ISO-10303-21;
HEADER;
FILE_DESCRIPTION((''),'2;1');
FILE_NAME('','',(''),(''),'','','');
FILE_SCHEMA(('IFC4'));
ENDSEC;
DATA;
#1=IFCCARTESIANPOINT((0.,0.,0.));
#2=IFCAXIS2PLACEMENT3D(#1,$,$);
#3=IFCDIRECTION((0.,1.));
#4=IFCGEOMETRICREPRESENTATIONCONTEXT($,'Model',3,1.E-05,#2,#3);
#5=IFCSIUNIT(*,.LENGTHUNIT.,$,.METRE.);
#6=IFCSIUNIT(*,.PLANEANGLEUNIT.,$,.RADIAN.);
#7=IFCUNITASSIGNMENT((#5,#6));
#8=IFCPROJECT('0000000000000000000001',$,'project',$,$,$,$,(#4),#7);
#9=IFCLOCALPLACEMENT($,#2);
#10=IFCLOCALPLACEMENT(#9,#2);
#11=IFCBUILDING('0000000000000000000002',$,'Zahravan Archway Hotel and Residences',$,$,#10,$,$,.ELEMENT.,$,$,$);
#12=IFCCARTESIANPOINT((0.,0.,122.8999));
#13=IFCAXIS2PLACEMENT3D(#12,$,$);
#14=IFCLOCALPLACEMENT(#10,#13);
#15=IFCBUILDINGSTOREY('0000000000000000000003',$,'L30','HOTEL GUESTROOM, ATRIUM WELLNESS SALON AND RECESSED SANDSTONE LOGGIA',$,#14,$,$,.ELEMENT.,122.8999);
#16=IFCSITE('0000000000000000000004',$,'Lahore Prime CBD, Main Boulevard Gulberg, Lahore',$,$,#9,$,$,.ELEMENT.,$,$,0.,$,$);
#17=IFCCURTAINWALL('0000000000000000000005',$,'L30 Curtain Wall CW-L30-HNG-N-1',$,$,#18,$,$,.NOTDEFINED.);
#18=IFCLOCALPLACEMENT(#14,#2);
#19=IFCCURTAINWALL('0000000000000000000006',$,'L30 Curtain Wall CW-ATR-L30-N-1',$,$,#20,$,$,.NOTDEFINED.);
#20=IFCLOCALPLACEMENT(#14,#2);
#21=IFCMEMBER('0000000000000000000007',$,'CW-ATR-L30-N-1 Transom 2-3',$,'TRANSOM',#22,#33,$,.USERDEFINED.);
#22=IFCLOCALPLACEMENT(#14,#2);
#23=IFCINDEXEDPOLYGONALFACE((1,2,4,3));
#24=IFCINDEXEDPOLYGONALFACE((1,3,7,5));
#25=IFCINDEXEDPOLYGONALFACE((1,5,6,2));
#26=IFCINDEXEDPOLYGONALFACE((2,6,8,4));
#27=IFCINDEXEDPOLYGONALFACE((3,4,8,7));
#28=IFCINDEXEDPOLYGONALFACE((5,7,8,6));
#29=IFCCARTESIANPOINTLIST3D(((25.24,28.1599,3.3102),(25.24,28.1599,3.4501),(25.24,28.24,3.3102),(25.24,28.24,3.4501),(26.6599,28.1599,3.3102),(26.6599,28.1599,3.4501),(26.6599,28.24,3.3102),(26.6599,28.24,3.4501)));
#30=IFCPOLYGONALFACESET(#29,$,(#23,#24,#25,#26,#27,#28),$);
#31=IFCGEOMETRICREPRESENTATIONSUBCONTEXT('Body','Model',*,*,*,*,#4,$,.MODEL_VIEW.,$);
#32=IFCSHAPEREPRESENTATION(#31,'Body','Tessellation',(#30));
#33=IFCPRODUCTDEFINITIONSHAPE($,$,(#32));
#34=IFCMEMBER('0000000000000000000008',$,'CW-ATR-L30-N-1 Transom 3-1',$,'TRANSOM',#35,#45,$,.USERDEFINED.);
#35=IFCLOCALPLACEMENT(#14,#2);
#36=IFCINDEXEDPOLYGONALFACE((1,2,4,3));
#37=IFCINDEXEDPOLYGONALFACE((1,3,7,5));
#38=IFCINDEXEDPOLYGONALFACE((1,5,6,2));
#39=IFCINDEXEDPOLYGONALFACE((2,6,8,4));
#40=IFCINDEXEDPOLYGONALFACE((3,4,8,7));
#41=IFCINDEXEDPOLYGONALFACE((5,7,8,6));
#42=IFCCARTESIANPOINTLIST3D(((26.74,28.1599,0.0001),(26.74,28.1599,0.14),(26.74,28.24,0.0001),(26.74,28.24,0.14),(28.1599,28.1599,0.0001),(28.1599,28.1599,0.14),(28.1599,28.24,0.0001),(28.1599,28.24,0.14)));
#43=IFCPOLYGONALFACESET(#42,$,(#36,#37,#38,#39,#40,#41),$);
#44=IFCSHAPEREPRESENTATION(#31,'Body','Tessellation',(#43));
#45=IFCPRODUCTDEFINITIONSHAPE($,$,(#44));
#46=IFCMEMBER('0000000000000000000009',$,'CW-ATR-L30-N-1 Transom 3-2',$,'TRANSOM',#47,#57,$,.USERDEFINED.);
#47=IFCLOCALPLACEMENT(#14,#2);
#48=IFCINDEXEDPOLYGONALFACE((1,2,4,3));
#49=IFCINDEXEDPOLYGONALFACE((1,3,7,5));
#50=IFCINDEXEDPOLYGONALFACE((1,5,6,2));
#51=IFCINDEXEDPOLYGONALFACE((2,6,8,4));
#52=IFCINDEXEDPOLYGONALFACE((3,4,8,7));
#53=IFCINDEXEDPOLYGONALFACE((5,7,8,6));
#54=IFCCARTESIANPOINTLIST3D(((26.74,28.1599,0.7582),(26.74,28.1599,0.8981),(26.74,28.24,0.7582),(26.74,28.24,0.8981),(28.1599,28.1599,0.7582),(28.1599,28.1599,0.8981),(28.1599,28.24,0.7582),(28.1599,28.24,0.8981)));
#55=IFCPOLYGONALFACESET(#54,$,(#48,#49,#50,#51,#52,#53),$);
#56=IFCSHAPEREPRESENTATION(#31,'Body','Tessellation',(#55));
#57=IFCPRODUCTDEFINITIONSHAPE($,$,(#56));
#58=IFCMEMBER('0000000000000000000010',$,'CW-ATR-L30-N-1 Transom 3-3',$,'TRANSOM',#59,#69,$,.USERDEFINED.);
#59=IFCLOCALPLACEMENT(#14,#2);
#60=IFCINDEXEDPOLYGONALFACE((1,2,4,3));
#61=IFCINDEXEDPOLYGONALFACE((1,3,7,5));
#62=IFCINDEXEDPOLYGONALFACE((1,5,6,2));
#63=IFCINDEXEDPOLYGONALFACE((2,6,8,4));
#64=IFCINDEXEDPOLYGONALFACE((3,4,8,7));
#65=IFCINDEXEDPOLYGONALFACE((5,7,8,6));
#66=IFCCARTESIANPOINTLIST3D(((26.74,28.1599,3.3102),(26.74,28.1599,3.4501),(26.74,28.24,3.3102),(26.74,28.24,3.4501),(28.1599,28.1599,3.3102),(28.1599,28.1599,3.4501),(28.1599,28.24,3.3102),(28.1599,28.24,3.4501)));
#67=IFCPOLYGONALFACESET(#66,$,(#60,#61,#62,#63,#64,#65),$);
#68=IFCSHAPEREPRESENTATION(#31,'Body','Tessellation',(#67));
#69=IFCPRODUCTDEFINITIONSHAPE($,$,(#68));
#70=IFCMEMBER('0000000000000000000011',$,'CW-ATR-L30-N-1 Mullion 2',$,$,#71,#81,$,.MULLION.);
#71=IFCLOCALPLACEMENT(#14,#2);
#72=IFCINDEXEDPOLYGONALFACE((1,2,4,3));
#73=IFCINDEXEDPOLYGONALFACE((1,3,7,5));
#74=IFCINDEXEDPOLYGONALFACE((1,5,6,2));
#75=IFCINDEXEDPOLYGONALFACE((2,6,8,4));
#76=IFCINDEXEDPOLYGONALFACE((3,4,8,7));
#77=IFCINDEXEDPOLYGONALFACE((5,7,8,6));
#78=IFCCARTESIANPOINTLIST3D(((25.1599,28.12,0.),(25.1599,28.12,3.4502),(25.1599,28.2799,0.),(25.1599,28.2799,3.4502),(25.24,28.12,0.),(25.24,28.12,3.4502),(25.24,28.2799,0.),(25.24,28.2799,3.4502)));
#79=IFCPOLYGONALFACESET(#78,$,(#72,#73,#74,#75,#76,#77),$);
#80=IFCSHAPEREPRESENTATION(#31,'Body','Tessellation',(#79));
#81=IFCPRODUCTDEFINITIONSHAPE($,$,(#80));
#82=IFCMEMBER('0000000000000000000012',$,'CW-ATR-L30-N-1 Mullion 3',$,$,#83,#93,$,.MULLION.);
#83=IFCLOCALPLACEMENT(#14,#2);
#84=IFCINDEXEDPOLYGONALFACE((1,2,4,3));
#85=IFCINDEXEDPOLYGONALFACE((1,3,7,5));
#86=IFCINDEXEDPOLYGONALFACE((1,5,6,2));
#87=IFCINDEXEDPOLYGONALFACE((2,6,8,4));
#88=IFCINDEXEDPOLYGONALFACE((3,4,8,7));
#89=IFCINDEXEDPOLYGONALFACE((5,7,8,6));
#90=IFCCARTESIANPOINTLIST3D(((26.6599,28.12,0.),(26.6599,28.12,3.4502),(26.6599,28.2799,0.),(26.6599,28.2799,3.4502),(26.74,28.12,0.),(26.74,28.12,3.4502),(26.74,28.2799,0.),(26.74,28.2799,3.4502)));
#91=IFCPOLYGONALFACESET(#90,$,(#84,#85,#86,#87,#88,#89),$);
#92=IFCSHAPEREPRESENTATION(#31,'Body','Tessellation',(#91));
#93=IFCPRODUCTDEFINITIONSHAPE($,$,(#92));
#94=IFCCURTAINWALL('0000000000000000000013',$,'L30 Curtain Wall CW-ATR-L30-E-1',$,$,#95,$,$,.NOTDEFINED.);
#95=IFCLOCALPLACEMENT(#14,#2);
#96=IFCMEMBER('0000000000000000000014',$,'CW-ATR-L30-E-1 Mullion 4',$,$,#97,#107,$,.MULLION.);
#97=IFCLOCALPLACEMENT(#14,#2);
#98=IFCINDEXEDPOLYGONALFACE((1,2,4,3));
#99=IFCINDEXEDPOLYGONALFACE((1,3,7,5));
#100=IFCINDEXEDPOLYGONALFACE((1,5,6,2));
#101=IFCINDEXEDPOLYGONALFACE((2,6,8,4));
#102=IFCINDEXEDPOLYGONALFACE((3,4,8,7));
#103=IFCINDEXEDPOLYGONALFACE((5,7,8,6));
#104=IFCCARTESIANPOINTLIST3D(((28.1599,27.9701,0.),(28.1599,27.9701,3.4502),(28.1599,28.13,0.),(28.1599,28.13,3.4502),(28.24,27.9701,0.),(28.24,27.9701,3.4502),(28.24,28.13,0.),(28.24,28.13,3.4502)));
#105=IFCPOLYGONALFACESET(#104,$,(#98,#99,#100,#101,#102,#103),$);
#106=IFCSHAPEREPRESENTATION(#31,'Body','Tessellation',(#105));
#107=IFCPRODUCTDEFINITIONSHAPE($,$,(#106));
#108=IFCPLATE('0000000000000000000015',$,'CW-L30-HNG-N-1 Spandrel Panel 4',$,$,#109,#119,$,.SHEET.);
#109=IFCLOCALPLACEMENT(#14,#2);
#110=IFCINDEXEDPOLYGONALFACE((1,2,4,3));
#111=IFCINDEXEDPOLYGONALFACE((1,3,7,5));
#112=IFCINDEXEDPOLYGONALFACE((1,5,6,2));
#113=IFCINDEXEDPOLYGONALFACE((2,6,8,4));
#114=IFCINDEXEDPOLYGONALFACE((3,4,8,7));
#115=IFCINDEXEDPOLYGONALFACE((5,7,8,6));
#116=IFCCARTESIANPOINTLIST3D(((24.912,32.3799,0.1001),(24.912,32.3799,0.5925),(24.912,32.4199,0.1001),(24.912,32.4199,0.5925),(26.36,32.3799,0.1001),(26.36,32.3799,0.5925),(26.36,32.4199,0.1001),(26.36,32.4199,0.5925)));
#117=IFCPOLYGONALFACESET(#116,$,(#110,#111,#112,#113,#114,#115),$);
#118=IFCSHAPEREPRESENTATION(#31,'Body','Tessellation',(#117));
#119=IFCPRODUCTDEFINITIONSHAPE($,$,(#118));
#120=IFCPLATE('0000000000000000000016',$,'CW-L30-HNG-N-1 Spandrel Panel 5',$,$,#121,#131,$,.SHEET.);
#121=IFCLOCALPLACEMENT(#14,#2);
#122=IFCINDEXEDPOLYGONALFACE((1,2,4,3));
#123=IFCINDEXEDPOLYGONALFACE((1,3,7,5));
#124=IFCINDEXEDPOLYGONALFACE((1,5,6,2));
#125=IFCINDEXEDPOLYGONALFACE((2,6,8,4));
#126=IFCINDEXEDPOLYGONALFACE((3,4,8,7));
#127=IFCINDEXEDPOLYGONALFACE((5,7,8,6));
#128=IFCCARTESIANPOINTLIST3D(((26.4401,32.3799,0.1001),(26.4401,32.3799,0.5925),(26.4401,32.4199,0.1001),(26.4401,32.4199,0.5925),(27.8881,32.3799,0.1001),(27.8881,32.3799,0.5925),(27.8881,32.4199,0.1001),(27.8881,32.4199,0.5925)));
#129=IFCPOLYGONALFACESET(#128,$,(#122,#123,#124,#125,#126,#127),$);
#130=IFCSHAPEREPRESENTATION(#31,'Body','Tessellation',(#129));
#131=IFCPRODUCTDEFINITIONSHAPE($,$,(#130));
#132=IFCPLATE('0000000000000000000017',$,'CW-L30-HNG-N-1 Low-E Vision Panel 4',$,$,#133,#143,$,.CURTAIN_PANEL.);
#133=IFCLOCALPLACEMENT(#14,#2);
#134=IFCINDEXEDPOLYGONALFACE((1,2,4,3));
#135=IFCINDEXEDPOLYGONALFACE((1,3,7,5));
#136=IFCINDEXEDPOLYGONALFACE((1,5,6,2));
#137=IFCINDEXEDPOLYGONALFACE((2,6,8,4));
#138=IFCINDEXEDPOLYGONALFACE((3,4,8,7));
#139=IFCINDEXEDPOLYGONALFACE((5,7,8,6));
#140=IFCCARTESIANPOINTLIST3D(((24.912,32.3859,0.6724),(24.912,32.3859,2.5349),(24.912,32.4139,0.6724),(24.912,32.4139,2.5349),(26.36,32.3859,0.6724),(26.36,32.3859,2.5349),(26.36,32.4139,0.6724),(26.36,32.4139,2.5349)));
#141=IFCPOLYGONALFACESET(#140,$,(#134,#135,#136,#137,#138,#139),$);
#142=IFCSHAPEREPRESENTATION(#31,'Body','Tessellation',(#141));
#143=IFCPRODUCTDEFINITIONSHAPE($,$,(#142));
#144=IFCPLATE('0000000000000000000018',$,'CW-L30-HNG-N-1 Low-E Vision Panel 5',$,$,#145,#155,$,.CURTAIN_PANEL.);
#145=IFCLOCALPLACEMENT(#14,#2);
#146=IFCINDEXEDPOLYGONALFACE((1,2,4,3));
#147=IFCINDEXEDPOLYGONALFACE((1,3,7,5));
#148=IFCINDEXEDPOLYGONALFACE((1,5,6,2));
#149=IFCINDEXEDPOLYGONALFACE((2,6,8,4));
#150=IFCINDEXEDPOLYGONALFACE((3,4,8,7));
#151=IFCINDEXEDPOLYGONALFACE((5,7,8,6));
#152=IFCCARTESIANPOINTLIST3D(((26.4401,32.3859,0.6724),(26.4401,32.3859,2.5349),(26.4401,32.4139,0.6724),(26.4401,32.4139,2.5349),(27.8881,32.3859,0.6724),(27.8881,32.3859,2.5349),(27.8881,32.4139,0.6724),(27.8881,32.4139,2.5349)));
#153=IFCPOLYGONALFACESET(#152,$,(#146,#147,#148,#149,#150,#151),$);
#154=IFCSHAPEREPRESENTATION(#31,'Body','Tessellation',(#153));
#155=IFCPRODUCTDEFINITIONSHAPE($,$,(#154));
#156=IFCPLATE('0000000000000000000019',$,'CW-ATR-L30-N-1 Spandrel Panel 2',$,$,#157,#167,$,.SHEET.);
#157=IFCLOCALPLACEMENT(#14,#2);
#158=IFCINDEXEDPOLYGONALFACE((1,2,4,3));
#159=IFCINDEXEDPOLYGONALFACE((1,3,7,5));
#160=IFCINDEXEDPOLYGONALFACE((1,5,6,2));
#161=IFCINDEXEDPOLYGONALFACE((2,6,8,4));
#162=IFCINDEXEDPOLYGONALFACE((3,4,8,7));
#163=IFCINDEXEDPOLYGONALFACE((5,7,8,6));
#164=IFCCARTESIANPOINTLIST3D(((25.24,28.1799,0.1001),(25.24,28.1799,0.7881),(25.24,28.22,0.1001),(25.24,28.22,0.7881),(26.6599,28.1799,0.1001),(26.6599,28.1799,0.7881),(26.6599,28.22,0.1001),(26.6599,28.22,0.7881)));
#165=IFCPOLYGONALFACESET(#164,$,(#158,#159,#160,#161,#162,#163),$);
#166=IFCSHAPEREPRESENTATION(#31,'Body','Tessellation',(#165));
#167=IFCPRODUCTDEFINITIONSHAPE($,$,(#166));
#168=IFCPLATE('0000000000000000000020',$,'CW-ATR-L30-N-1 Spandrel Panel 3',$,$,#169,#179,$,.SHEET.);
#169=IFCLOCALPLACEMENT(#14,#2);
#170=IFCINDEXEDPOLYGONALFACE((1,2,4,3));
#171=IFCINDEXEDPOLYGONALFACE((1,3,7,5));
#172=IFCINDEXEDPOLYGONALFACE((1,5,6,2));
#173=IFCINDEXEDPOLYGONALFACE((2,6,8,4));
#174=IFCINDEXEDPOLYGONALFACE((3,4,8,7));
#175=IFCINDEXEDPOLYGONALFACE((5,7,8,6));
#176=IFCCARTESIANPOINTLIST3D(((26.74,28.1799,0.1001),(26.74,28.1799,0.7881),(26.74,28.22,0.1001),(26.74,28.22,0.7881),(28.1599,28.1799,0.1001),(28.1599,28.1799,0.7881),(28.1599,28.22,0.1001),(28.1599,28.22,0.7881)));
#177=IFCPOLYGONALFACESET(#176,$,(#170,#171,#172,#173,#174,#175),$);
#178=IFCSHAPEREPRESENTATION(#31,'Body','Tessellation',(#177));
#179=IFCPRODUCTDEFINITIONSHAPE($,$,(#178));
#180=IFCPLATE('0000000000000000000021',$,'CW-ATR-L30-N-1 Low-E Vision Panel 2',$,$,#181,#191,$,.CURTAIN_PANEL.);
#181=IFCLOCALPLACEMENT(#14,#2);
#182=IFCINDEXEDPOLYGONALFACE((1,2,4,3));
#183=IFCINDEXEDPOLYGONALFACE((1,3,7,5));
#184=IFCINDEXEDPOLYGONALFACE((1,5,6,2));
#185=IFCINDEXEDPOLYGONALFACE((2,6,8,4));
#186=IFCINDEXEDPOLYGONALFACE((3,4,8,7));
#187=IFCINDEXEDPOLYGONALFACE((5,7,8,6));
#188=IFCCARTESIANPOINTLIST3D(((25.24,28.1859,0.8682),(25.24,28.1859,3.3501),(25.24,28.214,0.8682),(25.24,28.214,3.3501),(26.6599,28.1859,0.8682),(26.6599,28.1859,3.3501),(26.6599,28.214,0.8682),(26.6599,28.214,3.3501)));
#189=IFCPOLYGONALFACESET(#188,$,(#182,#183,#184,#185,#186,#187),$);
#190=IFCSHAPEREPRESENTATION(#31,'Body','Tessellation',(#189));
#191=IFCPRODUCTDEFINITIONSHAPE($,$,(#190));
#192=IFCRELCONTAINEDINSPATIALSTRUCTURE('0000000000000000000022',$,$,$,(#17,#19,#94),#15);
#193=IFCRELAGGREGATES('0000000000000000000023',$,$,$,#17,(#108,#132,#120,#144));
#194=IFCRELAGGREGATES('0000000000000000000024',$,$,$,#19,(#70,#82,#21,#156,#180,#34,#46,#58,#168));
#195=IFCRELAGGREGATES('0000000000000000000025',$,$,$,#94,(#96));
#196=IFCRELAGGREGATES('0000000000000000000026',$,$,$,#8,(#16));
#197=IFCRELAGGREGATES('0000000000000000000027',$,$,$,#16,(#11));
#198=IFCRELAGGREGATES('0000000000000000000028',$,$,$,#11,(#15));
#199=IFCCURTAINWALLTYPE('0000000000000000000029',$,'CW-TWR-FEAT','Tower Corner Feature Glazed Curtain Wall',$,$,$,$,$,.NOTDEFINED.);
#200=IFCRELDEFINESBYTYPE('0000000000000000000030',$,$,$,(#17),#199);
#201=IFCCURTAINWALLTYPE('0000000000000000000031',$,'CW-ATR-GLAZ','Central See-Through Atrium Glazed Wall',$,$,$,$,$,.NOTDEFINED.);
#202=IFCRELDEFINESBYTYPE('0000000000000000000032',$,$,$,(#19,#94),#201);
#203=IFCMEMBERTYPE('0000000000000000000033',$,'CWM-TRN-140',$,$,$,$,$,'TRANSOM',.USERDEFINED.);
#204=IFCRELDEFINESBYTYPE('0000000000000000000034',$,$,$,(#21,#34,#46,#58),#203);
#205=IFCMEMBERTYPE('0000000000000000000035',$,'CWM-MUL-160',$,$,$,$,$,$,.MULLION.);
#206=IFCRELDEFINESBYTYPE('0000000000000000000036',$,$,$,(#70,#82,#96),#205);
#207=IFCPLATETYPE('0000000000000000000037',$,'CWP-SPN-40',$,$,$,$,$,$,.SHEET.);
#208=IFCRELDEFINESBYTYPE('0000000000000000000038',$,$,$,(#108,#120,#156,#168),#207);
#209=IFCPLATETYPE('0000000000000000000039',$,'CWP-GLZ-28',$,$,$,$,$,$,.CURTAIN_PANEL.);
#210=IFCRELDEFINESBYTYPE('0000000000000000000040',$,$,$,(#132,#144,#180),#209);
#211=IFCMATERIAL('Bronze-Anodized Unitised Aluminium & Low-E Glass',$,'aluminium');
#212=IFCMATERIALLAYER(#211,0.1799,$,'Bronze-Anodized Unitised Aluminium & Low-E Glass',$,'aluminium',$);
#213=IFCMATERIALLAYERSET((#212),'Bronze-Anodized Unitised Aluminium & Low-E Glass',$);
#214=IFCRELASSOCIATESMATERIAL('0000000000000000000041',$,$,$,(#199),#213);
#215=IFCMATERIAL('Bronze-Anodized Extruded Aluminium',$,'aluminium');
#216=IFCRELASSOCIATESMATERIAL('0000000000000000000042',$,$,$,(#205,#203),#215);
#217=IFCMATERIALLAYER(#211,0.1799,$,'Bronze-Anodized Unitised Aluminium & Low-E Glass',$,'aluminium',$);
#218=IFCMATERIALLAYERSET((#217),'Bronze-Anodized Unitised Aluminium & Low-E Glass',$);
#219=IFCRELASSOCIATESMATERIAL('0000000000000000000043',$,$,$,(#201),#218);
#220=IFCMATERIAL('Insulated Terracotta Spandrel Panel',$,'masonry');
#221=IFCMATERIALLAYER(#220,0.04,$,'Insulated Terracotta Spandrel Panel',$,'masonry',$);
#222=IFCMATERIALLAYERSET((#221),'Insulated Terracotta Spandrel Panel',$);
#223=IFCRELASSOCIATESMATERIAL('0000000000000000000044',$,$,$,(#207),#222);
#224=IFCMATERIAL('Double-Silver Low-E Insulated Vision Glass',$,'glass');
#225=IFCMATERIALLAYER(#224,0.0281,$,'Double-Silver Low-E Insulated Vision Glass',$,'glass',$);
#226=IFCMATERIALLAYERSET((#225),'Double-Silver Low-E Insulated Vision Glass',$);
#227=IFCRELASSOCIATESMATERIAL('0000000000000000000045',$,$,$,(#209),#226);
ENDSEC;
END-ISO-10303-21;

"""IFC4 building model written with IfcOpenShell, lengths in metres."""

from ifc_helpers import new_model, si_unit, direction, frame, origin, origin_2d, place, context, subcontext, project, spatial, rectangle, extrude, source, transform, mapped, material, layer, layer_set, material_profile, profile_set, type_object, element, aggregate, save


model = new_model("IFC4")

# Units and contexts
model_context = context("Model", 3, precision=1e-05, world=origin(), true_north=direction((0.0, 1.0)))
body_context = subcontext(model_context, "Body", "Model", "MODEL_VIEW")
ifc_project = project(units=[si_unit("LENGTHUNIT", "METRE"), si_unit("PLANEANGLEUNIT", "RADIAN")], contexts=[model_context])

# Site, building, storey
site_placement = place(None, origin())
site = spatial("IfcSite", under=ifc_project, at=site_placement, Name="Lahore Prime CBD, Main Boulevard Gulberg, Lahore", CompositionType="ELEMENT", RefElevation=0.0)
building_placement = place(site_placement, origin())
building = spatial("IfcBuilding", under=site, at=building_placement, Name="Zahravan Archway Hotel and Residences", CompositionType="ELEMENT")
storey_placement = place(building_placement, frame((0.0, 0.0, 122.8999)))
storey = spatial("IfcBuildingStorey", under=building, at=storey_placement, Name="L30", Description="HOTEL GUESTROOM, ATRIUM WELLNESS SALON AND RECESSED SANDSTONE LOGGIA", CompositionType="ELEMENT", Elevation=122.8999)

# Curtain walls, members
ifc_material_1 = material(Name="Bronze-Anodized Unitised Aluminium & Low-E Glass", Category="aluminium")
ifc_layer_1 = layer(ifc_material_1, 0.1799, Name="Bronze-Anodized Unitised Aluminium & Low-E Glass", Category="aluminium")
ifc_layer_set_1 = layer_set([ifc_layer_1], Name="Bronze-Anodized Unitised Aluminium & Low-E Glass")
curtain_wall_type_1 = type_object("IfcCurtainWallType", Name="CW-TWR-FEAT", Description="Tower Corner Feature Glazed Curtain Wall", PredefinedType="NOTDEFINED", material=ifc_layer_set_1)
curtain_wall_1_placement = place(storey_placement, origin())
curtain_wall_1 = element("IfcCurtainWall", 1, at=curtain_wall_1_placement, inside=storey, type_object=curtain_wall_type_1, Name="L30 Curtain Wall CW-L30-HNG-N-1", PredefinedType="NOTDEFINED")
ifc_material_2 = material(Name="Bronze-Anodized Extruded Aluminium", Category="aluminium")
ifc_material_profile_1 = material_profile(ifc_material_2, rectangle(XDim=0.0801, YDim=0.1599, at=origin_2d()), Name="MUL 80x160", Category="aluminium")
ifc_profile_set_1 = profile_set([ifc_material_profile_1], Name="Bronze-Anodized Extruded Aluminium")
member_type_1 = type_object("IfcMemberType", Name="CWM-MUL-160", PredefinedType="MULLION", material=ifc_profile_set_1)
ifc_material_profile_2 = material_profile(ifc_material_2, rectangle(XDim=0.0801, YDim=0.1399, at=origin_2d()), Name="TRN 80x140", Category="aluminium")
ifc_profile_set_2 = profile_set([ifc_material_profile_2], Name="Bronze-Anodized Extruded Aluminium")
member_type_2 = type_object("IfcMemberType", Name="CWM-TRN-140", ElementType="TRANSOM", PredefinedType="USERDEFINED", material=ifc_profile_set_2)
ifc_layer_2 = layer(ifc_material_1, 0.1799, Name="Bronze-Anodized Unitised Aluminium & Low-E Glass", Category="aluminium")
ifc_layer_set_2 = layer_set([ifc_layer_2], Name="Bronze-Anodized Unitised Aluminium & Low-E Glass")
curtain_wall_type_2 = type_object("IfcCurtainWallType", Name="CW-ATR-GLAZ", Description="Central See-Through Atrium Glazed Wall", PredefinedType="NOTDEFINED", material=ifc_layer_set_2)
curtain_wall_2_placement = place(storey_placement, origin())
curtain_wall_2 = element("IfcCurtainWall", 2, at=curtain_wall_2_placement, inside=storey, type_object=curtain_wall_type_2, Name="L30 Curtain Wall CW-ATR-L30-N-1", PredefinedType="NOTDEFINED")
shared_shape_1 = source(origin(), body_context, "Body", "SweptSolid", [
    extrude(rectangle(XDim=0.0801, YDim=0.1399, at=origin_2d()), origin(), (0.0, 0.0, 1.0), 1.4199),
])
member_1_placement = place(storey_placement, frame((25.24, 28.2, 3.3801), z_axis=(1.0, 0.0, 0.0), x_axis=(0.0, 1.0, 0.0)))
member_1 = element("IfcMember", 3, at=member_1_placement, type_object=member_type_2, Name="CW-ATR-L30-N-1 Transom 2-3", ObjectType="TRANSOM", PredefinedType="USERDEFINED", context=body_context, shape_type="MappedRepresentation", body=[
    mapped(shared_shape_1, transform((0.0, 0.0, 0.0), scale=1.0)),
])
member_2_placement = place(storey_placement, frame((26.74, 28.2, 0.0701), z_axis=(1.0, 0.0, 0.0), x_axis=(0.0, 1.0, 0.0)))
member_2 = element("IfcMember", 4, at=member_2_placement, type_object=member_type_2, Name="CW-ATR-L30-N-1 Transom 3-1", ObjectType="TRANSOM", PredefinedType="USERDEFINED", context=body_context, shape_type="MappedRepresentation", body=[
    mapped(shared_shape_1, transform((0.0, 0.0, 0.0), scale=1.0)),
])
member_3_placement = place(storey_placement, frame((26.74, 28.2, 0.8281), z_axis=(1.0, 0.0, 0.0), x_axis=(0.0, 1.0, 0.0)))
member_3 = element("IfcMember", 5, at=member_3_placement, type_object=member_type_2, Name="CW-ATR-L30-N-1 Transom 3-2", ObjectType="TRANSOM", PredefinedType="USERDEFINED", context=body_context, shape_type="MappedRepresentation", body=[
    mapped(shared_shape_1, transform((0.0, 0.0, 0.0), scale=1.0)),
])
member_4_placement = place(storey_placement, frame((26.74, 28.2, 3.3801), z_axis=(1.0, 0.0, 0.0), x_axis=(0.0, 1.0, 0.0)))
member_4 = element("IfcMember", 6, at=member_4_placement, type_object=member_type_2, Name="CW-ATR-L30-N-1 Transom 3-3", ObjectType="TRANSOM", PredefinedType="USERDEFINED", context=body_context, shape_type="MappedRepresentation", body=[
    mapped(shared_shape_1, transform((0.0, 0.0, 0.0), scale=1.0)),
])
shared_shape_2 = source(origin(), body_context, "Body", "SweptSolid", [
    extrude(rectangle(XDim=0.0801, YDim=0.1599, at=origin_2d()), origin(), (0.0, 0.0, 1.0), 3.4502),
])
member_5_placement = place(storey_placement, frame((25.2, 28.2, 0.0), z_axis=(0.0, 0.0, 1.0), x_axis=(1.0, 0.0, 0.0)))
member_5 = element("IfcMember", 7, at=member_5_placement, type_object=member_type_1, Name="CW-ATR-L30-N-1 Mullion 2", PredefinedType="MULLION", context=body_context, shape_type="MappedRepresentation", body=[
    mapped(shared_shape_2, transform((0.0, 0.0, 0.0), scale=1.0)),
])
member_6_placement = place(storey_placement, frame((26.7, 28.2, 0.0), z_axis=(0.0, 0.0, 1.0), x_axis=(1.0, 0.0, 0.0)))
member_6 = element("IfcMember", 8, at=member_6_placement, type_object=member_type_1, Name="CW-ATR-L30-N-1 Mullion 3", PredefinedType="MULLION", context=body_context, shape_type="MappedRepresentation", body=[
    mapped(shared_shape_2, transform((0.0, 0.0, 0.0), scale=1.0)),
])

# Curtain wall, member
curtain_wall_3_placement = place(storey_placement, origin())
curtain_wall_3 = element("IfcCurtainWall", 9, at=curtain_wall_3_placement, inside=storey, type_object=curtain_wall_type_2, Name="L30 Curtain Wall CW-ATR-L30-E-1", PredefinedType="NOTDEFINED")
member_7_placement = place(storey_placement, frame((28.2, 28.05, 0.0), z_axis=(0.0, 0.0, 1.0), x_axis=(1.0, 0.0, 0.0)))
member_7 = element("IfcMember", 10, at=member_7_placement, type_object=member_type_1, Name="CW-ATR-L30-E-1 Mullion 4", PredefinedType="MULLION", context=body_context, shape_type="MappedRepresentation", body=[
    mapped(shared_shape_2, transform((0.0, 0.0, 0.0), scale=1.0)),
])

# Plates
ifc_material_3 = material(Name="Insulated Terracotta Spandrel Panel", Category="masonry")
ifc_layer_3 = layer(ifc_material_3, 0.04, Name="Insulated Terracotta Spandrel Panel", Category="masonry")
ifc_layer_set_3 = layer_set([ifc_layer_3], Name="Insulated Terracotta Spandrel Panel")
plate_type_1 = type_object("IfcPlateType", Name="CWP-SPN-40", PredefinedType="SHEET", material=ifc_layer_set_3)
shared_shape_3 = source(origin(), body_context, "Body", "SweptSolid", [
    extrude(rectangle(XDim=1.448, YDim=0.04, at=origin_2d()), origin(), (0.0, 0.0, 1.0), 0.4924),
])
plate_1_placement = place(storey_placement, frame((25.636, 32.3999, 0.1001), z_axis=(0.0, 0.0, 1.0), x_axis=(1.0, 0.0, 0.0)))
plate_1 = element("IfcPlate", 11, at=plate_1_placement, type_object=plate_type_1, Name="CW-L30-HNG-N-1 Spandrel Panel 4", PredefinedType="SHEET", context=body_context, shape_type="MappedRepresentation", body=[
    mapped(shared_shape_3, transform((0.0, 0.0, 0.0), scale=1.0)),
])
plate_2_placement = place(storey_placement, frame((27.1641, 32.3999, 0.1001), z_axis=(0.0, 0.0, 1.0), x_axis=(1.0, 0.0, 0.0)))
plate_2 = element("IfcPlate", 12, at=plate_2_placement, type_object=plate_type_1, Name="CW-L30-HNG-N-1 Spandrel Panel 5", PredefinedType="SHEET", context=body_context, shape_type="MappedRepresentation", body=[
    mapped(shared_shape_3, transform((0.0, 0.0, 0.0), scale=1.0)),
])
ifc_material_4 = material(Name="Double-Silver Low-E Insulated Vision Glass", Category="glass")
ifc_layer_4 = layer(ifc_material_4, 0.0281, Name="Double-Silver Low-E Insulated Vision Glass", Category="glass")
ifc_layer_set_4 = layer_set([ifc_layer_4], Name="Double-Silver Low-E Insulated Vision Glass")
plate_type_2 = type_object("IfcPlateType", Name="CWP-GLZ-28", PredefinedType="CURTAIN_PANEL", material=ifc_layer_set_4)
shared_shape_4 = source(origin(), body_context, "Body", "SweptSolid", [
    extrude(rectangle(XDim=1.448, YDim=0.0281, at=origin_2d()), origin(), (0.0, 0.0, 1.0), 1.8625),
])
plate_3_placement = place(storey_placement, frame((25.636, 32.3999, 0.6724), z_axis=(0.0, 0.0, 1.0), x_axis=(1.0, 0.0, 0.0)))
plate_3 = element("IfcPlate", 13, at=plate_3_placement, type_object=plate_type_2, Name="CW-L30-HNG-N-1 Low-E Vision Panel 4", PredefinedType="CURTAIN_PANEL", context=body_context, shape_type="MappedRepresentation", body=[
    mapped(shared_shape_4, transform((0.0, 0.0, 0.0), scale=1.0)),
])
plate_4_placement = place(storey_placement, frame((27.1641, 32.3999, 0.6724), z_axis=(0.0, 0.0, 1.0), x_axis=(1.0, 0.0, 0.0)))
plate_4 = element("IfcPlate", 14, at=plate_4_placement, type_object=plate_type_2, Name="CW-L30-HNG-N-1 Low-E Vision Panel 5", PredefinedType="CURTAIN_PANEL", context=body_context, shape_type="MappedRepresentation", body=[
    mapped(shared_shape_4, transform((0.0, 0.0, 0.0), scale=1.0)),
])
aggregate(curtain_wall_1, [plate_1, plate_3, plate_2, plate_4])
shared_shape_5 = source(origin(), body_context, "Body", "SweptSolid", [
    extrude(rectangle(XDim=1.4199, YDim=0.04, at=origin_2d()), origin(), (0.0, 0.0, 1.0), 0.688),
])
plate_5_placement = place(storey_placement, frame((25.95, 28.2, 0.1001), z_axis=(0.0, 0.0, 1.0), x_axis=(1.0, 0.0, 0.0)))
plate_5 = element("IfcPlate", 15, at=plate_5_placement, type_object=plate_type_1, Name="CW-ATR-L30-N-1 Spandrel Panel 2", PredefinedType="SHEET", context=body_context, shape_type="MappedRepresentation", body=[
    mapped(shared_shape_5, transform((0.0, 0.0, 0.0), scale=1.0)),
])
plate_6_placement = place(storey_placement, frame((27.45, 28.2, 0.1001), z_axis=(0.0, 0.0, 1.0), x_axis=(1.0, 0.0, 0.0)))
plate_6 = element("IfcPlate", 16, at=plate_6_placement, type_object=plate_type_1, Name="CW-ATR-L30-N-1 Spandrel Panel 3", PredefinedType="SHEET", context=body_context, shape_type="MappedRepresentation", body=[
    mapped(shared_shape_5, transform((0.0, 0.0, 0.0), scale=1.0)),
])
shared_shape_6 = source(origin(), body_context, "Body", "SweptSolid", [
    extrude(rectangle(XDim=1.4199, YDim=0.0281, at=origin_2d()), origin(), (0.0, 0.0, 1.0), 2.4819),
])
plate_7_placement = place(storey_placement, frame((25.95, 28.2, 0.8682), z_axis=(0.0, 0.0, 1.0), x_axis=(1.0, 0.0, 0.0)))
plate_7 = element("IfcPlate", 17, at=plate_7_placement, type_object=plate_type_2, Name="CW-ATR-L30-N-1 Low-E Vision Panel 2", PredefinedType="CURTAIN_PANEL", context=body_context, shape_type="MappedRepresentation", body=[
    mapped(shared_shape_6, transform((0.0, 0.0, 0.0), scale=1.0)),
])
aggregate(curtain_wall_2, [member_5, member_6, member_1, plate_5, plate_7, member_2, member_3, member_4, plate_6])
aggregate(curtain_wall_3, [member_7])

save(model, "model.ifc")
